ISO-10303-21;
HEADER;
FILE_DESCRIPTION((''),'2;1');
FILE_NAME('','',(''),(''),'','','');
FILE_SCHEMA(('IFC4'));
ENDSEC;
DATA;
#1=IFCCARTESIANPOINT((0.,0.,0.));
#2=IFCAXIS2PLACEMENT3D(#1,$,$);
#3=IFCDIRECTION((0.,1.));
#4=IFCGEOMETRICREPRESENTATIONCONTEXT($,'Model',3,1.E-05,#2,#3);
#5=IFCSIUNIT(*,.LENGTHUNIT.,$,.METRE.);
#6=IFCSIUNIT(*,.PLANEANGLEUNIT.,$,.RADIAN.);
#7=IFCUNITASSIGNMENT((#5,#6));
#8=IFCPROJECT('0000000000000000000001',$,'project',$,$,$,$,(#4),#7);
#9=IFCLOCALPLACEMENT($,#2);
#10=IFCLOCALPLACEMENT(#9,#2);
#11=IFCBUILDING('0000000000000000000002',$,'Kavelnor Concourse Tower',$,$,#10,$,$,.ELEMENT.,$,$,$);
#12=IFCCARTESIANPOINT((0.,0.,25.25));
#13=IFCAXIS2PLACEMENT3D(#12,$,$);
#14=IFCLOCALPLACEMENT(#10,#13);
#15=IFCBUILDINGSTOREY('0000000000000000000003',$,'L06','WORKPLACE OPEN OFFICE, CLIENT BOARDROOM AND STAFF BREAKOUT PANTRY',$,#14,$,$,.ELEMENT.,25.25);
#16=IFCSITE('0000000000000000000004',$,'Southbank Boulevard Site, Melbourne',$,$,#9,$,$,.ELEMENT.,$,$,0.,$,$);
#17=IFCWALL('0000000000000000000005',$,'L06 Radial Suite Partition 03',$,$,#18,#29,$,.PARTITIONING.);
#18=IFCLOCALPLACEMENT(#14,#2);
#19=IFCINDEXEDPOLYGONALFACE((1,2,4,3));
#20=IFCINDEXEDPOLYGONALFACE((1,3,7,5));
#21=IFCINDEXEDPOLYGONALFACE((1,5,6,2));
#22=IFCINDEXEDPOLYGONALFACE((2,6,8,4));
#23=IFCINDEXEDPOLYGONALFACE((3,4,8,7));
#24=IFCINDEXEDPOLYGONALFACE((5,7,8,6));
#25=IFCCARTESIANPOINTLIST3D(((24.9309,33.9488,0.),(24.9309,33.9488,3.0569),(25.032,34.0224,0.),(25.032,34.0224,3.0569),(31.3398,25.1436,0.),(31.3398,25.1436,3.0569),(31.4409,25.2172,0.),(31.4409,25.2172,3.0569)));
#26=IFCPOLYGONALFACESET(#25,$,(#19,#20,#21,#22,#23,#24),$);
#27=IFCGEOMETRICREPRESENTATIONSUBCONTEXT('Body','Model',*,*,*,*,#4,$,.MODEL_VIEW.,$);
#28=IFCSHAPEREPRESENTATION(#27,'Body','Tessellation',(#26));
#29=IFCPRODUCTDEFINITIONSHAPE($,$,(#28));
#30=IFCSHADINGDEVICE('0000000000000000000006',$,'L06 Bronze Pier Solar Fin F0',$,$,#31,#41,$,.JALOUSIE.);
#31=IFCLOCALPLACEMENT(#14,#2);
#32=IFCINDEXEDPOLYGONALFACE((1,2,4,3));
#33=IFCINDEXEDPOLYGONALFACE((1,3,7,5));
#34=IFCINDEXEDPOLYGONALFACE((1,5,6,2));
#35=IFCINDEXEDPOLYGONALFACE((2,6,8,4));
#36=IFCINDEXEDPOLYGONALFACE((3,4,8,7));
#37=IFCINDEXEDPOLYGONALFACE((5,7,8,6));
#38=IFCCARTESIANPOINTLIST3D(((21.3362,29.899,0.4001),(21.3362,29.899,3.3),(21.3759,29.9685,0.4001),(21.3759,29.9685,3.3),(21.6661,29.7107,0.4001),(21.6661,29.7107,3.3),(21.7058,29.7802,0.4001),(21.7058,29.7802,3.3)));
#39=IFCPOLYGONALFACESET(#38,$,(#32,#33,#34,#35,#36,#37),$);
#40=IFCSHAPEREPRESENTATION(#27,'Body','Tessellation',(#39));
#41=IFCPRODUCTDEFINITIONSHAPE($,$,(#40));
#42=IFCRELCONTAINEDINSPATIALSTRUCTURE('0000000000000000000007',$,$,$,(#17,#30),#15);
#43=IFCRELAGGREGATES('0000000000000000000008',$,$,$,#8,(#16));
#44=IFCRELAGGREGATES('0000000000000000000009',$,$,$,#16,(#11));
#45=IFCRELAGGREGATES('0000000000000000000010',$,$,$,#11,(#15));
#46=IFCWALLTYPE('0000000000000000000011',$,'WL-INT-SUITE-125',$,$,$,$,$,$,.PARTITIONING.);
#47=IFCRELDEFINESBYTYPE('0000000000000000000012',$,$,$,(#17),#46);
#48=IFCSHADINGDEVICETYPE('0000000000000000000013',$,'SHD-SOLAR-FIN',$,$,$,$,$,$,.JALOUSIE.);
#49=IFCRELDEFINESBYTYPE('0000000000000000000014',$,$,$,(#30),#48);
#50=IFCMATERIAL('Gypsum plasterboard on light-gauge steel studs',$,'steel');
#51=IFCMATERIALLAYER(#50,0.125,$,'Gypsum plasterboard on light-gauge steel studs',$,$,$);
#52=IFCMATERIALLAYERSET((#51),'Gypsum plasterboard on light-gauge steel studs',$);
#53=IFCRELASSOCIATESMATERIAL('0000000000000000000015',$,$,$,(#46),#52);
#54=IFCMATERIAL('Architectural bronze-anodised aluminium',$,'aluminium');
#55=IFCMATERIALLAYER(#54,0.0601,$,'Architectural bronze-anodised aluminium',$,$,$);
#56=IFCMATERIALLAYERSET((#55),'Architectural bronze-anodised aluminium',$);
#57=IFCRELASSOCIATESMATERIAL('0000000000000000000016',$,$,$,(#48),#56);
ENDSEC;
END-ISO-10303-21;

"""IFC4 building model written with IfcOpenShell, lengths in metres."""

from ifc_helpers import new_model, si_unit, direction, frame, frame_2d, origin, origin_2d, place, context, subcontext, project, spatial, rectangle, extrude, material, layer, layer_set, type_object, element, save


model = new_model("IFC4")

# Units and contexts
model_context = context("Model", 3, precision=1e-05, world=origin(), true_north=direction((0.0, 1.0)))
body_context = subcontext(model_context, "Body", "Model", "MODEL_VIEW")
ifc_project = project(units=[si_unit("LENGTHUNIT", "METRE"), si_unit("PLANEANGLEUNIT", "RADIAN")], contexts=[model_context])

# Site, building, storey
site_placement = place(None, origin())
site = spatial("IfcSite", under=ifc_project, at=site_placement, Name="Southbank Boulevard Site, Melbourne", CompositionType="ELEMENT", RefElevation=0.0)
building_placement = place(site_placement, origin())
building = spatial("IfcBuilding", under=site, at=building_placement, Name="Kavelnor Concourse Tower", CompositionType="ELEMENT")
storey_placement = place(building_placement, frame((0.0, 0.0, 25.25)))
storey = spatial("IfcBuildingStorey", under=building, at=storey_placement, Name="L06", Description="WORKPLACE OPEN OFFICE, CLIENT BOARDROOM AND STAFF BREAKOUT PANTRY", CompositionType="ELEMENT", Elevation=25.25)

# Wall
ifc_material_1 = material(Name="Gypsum plasterboard on light-gauge steel studs", Category="steel")
ifc_layer_1 = layer(ifc_material_1, 0.125, Name="Gypsum plasterboard on light-gauge steel studs")
ifc_layer_set_1 = layer_set([ifc_layer_1], Name="Gypsum plasterboard on light-gauge steel studs")
wall_type_1 = type_object("IfcWallType", Name="WL-INT-SUITE-125", PredefinedType="PARTITIONING", material=ifc_layer_set_1)
wall_1_placement = place(storey_placement, frame((31.3904, 25.1804, 0.0), z_axis=(0.0, 0.0, 1.0), x_axis=(-0.588482, 0.80851, 0.0)))
element("IfcWall", 1, at=wall_1_placement, inside=storey, type_object=wall_type_1, Name="L06 Radial Suite Partition 03", PredefinedType="PARTITIONING", context=body_context, shape_type="SweptSolid", body=[
    extrude(rectangle(XDim=10.8906, YDim=0.125, at=frame_2d((5.4453, 0.0))), origin(), (0.0, 0.0, 1.0), 3.0569),
])

# Shading device
ifc_material_2 = material(Name="Architectural bronze-anodised aluminium", Category="aluminium")
ifc_layer_2 = layer(ifc_material_2, 0.0601, Name="Architectural bronze-anodised aluminium")
ifc_layer_set_2 = layer_set([ifc_layer_2], Name="Architectural bronze-anodised aluminium")
shading_device_type = type_object("IfcShadingDeviceType", Name="SHD-SOLAR-FIN", PredefinedType="JALOUSIE", material=ifc_layer_set_2)
shading_device_placement = place(storey_placement, frame((21.521, 29.8396, 0.4001), z_axis=(0.0, 0.0, 1.0), x_axis=(-0.868459, 0.495762, 0.0)))
element("IfcShadingDevice", 2, at=shading_device_placement, inside=storey, type_object=shading_device_type, Name="L06 Bronze Pier Solar Fin F0", PredefinedType="JALOUSIE", context=body_context, shape_type="SweptSolid", body=[
    extrude(rectangle(XDim=0.3799, YDim=0.0801, at=origin_2d()), origin(), (0.0, 0.0, 1.0), 2.8999),
])

save(model, "model.ifc")
